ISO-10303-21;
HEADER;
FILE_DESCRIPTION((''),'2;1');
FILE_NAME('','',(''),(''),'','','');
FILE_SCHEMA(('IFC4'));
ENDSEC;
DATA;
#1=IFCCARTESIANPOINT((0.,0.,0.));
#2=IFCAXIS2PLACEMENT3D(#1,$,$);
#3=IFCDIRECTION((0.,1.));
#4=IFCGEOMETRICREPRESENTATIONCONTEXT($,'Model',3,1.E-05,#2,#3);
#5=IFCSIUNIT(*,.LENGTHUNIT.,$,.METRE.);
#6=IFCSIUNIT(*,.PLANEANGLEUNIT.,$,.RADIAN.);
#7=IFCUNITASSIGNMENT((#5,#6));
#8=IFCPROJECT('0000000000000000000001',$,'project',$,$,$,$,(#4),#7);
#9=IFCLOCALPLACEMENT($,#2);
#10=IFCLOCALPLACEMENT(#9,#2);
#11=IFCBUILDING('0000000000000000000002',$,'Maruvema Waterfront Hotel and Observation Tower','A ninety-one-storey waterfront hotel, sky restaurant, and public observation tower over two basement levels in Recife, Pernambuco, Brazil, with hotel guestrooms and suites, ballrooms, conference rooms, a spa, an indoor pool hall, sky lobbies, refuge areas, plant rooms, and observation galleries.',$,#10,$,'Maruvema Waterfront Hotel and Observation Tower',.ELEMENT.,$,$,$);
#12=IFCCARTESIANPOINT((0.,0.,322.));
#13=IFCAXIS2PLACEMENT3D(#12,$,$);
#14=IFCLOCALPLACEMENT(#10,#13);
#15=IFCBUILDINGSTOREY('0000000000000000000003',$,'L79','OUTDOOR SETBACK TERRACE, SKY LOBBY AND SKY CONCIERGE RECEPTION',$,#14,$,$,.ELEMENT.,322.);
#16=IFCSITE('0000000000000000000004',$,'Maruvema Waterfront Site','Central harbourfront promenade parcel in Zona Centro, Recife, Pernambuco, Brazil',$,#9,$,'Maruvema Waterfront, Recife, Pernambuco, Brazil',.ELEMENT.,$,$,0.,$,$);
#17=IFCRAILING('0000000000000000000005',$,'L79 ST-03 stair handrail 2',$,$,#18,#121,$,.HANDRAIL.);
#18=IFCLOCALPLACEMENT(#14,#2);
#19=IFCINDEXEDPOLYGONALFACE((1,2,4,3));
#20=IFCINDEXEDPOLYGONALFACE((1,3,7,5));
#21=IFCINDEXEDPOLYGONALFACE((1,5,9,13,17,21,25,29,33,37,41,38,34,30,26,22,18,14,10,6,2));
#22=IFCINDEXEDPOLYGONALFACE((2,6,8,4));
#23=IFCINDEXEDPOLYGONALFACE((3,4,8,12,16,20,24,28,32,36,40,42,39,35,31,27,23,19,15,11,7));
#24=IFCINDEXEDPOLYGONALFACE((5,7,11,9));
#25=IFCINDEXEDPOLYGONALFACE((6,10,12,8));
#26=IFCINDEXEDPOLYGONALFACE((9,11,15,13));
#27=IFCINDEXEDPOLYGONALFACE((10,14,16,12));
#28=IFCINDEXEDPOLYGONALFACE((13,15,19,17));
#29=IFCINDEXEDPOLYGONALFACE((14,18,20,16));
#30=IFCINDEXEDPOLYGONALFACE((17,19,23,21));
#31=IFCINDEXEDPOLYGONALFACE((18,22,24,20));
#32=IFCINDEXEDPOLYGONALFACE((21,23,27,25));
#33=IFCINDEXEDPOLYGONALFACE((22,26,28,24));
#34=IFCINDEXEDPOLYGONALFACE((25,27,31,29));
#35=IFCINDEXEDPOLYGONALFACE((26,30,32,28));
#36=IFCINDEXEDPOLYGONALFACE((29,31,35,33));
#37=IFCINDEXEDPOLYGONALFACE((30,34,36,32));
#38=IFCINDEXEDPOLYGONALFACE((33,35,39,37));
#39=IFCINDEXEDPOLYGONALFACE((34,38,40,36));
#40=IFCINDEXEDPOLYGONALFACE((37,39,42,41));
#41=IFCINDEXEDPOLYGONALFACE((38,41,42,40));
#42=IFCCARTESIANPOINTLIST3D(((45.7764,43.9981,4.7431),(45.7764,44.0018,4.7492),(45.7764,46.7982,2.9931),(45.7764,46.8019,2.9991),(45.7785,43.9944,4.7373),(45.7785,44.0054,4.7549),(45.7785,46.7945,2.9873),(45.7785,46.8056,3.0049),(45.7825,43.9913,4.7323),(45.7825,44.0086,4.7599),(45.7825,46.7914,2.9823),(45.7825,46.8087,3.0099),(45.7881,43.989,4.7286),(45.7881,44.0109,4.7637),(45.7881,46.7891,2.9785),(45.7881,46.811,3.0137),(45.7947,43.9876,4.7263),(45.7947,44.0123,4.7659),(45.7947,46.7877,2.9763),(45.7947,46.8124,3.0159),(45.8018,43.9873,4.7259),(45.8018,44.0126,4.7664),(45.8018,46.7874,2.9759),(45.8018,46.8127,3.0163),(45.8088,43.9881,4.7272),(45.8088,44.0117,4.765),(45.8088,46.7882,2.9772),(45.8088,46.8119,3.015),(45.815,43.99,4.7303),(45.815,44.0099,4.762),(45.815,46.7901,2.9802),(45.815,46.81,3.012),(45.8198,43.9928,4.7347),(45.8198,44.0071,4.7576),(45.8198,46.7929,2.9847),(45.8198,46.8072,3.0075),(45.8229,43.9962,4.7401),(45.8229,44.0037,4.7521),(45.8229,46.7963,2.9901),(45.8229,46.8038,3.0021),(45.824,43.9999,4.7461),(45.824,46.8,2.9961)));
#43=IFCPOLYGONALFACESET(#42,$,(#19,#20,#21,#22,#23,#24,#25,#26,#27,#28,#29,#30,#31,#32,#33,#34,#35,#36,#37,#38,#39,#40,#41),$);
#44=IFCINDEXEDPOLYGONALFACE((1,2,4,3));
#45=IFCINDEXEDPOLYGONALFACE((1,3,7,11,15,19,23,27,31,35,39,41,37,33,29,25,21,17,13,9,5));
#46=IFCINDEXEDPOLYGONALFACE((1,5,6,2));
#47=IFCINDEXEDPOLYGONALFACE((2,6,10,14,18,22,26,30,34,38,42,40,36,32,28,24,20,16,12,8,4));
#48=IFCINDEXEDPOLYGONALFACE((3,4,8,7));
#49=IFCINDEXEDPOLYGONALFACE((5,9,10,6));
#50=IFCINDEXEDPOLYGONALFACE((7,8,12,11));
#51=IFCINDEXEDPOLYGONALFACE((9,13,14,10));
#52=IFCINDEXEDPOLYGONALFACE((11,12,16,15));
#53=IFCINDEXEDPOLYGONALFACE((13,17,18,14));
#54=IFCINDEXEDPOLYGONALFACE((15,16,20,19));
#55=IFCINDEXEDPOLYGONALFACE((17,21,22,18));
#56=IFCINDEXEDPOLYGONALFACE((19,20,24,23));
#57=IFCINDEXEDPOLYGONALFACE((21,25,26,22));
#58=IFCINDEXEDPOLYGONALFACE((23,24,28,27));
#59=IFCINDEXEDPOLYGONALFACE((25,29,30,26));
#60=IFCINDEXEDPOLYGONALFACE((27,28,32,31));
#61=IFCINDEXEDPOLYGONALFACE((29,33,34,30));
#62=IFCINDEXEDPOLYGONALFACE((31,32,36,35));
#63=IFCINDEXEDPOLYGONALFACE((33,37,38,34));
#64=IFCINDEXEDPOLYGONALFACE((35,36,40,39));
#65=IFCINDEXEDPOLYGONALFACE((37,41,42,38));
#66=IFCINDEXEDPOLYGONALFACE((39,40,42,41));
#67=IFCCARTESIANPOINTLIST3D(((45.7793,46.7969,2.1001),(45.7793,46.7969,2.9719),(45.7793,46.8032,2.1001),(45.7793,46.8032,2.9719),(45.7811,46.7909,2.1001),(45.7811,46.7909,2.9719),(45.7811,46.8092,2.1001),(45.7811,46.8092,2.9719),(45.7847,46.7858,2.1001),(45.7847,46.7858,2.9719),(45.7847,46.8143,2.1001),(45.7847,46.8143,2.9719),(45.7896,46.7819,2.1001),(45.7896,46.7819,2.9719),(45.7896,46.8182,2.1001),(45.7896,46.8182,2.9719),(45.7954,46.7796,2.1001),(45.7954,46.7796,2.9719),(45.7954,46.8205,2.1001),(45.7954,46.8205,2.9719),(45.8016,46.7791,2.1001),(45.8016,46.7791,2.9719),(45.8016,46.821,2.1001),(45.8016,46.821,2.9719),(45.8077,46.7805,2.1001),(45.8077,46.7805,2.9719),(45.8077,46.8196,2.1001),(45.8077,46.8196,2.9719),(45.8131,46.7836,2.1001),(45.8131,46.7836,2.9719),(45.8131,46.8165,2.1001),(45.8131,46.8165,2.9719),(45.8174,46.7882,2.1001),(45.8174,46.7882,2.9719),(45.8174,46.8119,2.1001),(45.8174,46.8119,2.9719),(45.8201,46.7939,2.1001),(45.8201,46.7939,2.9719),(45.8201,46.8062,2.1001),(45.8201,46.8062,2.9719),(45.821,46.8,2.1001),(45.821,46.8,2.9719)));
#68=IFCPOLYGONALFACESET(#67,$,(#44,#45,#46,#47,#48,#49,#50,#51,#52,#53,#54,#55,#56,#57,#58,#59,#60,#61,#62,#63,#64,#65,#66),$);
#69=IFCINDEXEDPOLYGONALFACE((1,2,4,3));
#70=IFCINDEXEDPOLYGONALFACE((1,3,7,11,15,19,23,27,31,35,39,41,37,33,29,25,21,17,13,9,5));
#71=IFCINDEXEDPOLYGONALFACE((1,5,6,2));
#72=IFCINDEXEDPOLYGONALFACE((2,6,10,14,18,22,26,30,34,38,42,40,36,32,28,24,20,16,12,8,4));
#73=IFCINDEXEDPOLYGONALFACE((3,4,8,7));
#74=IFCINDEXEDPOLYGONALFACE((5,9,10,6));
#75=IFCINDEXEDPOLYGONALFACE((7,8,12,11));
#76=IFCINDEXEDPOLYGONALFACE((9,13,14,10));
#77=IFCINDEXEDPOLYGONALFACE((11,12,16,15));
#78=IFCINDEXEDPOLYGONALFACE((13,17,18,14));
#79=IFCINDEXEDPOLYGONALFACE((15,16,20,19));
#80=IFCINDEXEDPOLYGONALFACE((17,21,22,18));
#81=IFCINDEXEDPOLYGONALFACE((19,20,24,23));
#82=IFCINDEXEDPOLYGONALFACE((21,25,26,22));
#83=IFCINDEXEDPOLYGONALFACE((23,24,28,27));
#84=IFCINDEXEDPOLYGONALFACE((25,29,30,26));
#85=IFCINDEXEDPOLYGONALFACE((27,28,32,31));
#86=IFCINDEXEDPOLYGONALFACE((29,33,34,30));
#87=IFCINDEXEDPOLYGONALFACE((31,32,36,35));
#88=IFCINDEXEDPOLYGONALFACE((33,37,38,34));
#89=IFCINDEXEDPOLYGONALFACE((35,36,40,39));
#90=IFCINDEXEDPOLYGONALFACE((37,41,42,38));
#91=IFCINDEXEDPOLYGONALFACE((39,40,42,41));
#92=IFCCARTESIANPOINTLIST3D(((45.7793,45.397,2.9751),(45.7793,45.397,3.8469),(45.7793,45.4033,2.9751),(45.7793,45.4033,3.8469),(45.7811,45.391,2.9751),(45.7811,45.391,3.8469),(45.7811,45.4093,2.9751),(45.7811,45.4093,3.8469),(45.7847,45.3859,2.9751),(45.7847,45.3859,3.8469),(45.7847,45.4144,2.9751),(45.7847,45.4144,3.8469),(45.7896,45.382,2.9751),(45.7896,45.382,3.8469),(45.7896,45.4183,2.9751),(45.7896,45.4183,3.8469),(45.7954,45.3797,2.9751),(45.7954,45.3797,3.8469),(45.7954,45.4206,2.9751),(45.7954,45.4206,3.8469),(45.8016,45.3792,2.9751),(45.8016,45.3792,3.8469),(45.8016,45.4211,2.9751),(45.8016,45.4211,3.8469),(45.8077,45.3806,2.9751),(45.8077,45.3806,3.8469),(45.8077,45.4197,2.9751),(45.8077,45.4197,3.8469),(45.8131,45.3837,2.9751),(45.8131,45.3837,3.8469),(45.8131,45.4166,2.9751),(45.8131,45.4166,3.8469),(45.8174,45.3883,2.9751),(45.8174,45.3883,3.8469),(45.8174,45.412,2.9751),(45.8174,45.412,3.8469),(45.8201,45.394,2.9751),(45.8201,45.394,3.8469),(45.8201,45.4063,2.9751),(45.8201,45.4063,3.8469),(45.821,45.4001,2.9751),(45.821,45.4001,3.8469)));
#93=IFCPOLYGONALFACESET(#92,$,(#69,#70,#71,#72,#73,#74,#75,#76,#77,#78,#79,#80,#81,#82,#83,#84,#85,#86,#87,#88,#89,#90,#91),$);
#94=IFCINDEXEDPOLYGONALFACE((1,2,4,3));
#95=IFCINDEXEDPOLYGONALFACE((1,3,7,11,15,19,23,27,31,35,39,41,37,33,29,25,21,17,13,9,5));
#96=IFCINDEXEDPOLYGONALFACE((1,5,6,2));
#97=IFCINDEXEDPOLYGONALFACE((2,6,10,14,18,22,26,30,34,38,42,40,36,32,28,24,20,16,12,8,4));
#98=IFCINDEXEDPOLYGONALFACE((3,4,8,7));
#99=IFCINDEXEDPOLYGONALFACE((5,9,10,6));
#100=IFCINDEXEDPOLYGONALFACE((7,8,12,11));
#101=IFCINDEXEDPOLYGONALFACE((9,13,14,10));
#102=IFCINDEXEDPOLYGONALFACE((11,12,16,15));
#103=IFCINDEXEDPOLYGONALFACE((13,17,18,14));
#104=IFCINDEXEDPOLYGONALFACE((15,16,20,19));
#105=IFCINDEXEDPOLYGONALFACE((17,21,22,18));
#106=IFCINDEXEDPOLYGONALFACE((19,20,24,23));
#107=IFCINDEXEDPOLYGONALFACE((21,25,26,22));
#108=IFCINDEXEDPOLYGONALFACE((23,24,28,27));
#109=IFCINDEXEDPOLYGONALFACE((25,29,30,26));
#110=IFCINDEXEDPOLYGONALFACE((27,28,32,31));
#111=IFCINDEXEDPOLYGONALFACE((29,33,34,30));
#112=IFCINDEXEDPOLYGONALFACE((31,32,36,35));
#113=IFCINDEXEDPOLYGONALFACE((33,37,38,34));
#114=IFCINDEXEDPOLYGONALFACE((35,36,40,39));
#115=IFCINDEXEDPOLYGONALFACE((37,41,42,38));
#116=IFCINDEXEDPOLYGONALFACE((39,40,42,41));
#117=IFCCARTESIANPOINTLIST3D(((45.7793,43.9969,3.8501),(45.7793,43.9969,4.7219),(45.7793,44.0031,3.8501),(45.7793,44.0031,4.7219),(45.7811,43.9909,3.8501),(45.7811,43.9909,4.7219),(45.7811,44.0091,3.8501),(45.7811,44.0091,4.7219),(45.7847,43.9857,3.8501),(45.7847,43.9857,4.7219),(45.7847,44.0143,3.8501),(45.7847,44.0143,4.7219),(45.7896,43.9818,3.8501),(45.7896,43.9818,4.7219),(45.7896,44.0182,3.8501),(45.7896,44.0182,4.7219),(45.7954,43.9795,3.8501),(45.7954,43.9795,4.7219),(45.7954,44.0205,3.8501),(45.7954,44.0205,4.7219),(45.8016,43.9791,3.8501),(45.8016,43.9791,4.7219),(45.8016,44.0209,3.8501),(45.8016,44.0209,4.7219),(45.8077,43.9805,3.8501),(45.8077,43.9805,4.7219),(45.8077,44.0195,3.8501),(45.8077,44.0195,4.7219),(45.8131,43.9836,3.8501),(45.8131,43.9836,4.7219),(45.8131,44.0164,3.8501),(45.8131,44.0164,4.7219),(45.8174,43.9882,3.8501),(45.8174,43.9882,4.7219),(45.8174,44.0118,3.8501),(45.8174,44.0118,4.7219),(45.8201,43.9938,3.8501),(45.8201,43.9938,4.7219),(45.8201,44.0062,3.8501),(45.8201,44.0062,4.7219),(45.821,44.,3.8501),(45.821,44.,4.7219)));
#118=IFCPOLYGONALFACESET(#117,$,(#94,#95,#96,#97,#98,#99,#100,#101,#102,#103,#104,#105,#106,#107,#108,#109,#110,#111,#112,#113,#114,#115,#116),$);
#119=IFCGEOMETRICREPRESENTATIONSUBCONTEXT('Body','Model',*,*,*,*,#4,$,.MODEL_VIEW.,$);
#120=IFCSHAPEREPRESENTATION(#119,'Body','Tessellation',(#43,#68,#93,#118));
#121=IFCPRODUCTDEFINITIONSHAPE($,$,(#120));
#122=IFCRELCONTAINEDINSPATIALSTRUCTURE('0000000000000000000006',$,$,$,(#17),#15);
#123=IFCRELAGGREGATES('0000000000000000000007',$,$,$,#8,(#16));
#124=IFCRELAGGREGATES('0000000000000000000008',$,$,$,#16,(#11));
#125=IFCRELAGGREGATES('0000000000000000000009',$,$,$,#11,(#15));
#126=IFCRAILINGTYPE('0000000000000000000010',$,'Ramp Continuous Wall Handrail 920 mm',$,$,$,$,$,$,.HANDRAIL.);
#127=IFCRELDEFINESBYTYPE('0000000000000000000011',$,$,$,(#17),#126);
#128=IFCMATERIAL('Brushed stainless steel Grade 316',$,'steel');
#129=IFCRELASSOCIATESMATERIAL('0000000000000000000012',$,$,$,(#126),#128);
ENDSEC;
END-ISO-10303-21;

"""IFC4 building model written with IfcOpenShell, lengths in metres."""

from ifc_helpers import new_model, si_unit, direction, frame, origin, origin_2d, place, context, subcontext, project, spatial, circle, extrude, material, type_object, element, save


model = new_model("IFC4")

# Units and contexts
model_context = context("Model", 3, precision=1e-05, world=origin(), true_north=direction((0.0, 1.0)))
body_context = subcontext(model_context, "Body", "Model", "MODEL_VIEW")
ifc_project = project(units=[si_unit("LENGTHUNIT", "METRE"), si_unit("PLANEANGLEUNIT", "RADIAN")], contexts=[model_context])

# Site, building, storey
site_placement = place(None, origin())
site = spatial("IfcSite", under=ifc_project, at=site_placement, Name="Maruvema Waterfront Site", Description="Central harbourfront promenade parcel in Zona Centro, Recife, Pernambuco, Brazil", LongName="Maruvema Waterfront, Recife, Pernambuco, Brazil", CompositionType="ELEMENT", RefElevation=0.0)
building_placement = place(site_placement, origin())
building = spatial("IfcBuilding", under=site, at=building_placement, Name="Maruvema Waterfront Hotel and Observation Tower", Description="A ninety-one-storey waterfront hotel, sky restaurant, and public observation tower over two basement levels in Recife, Pernambuco, Brazil, with hotel guestrooms and suites, ballrooms, conference rooms, a spa, an indoor pool hall, sky lobbies, refuge areas, plant rooms, and observation galleries.", LongName="Maruvema Waterfront Hotel and Observation Tower", CompositionType="ELEMENT")
storey_placement = place(building_placement, frame((0.0, 0.0, 322.0)))
storey = spatial("IfcBuildingStorey", under=building, at=storey_placement, Name="L79", Description="OUTDOOR SETBACK TERRACE, SKY LOBBY AND SKY CONCIERGE RECEPTION", CompositionType="ELEMENT", Elevation=322.0)

# Railing
ifc_material_1 = material(Name="Brushed stainless steel Grade 316", Category="steel")
railing_type_1 = type_object("IfcRailingType", Name="Ramp Continuous Wall Handrail 920 mm", PredefinedType="HANDRAIL", material=ifc_material_1)
railing_1_placement = place(storey_placement, frame((45.8, 46.8, 2.1001)))
element("IfcRailing", 1, at=railing_1_placement, inside=storey, type_object=railing_type_1, Name="L79 ST-03 stair handrail 2", PredefinedType="HANDRAIL", context=body_context, shape_type="SweptSolid", body=[
    extrude(circle(Radius=0.0239, at=origin_2d()), frame((0.0, 0.0, 0.896), z_axis=(0.0, -0.848002, 0.529992), x_axis=(1.0, 0.0, 0.0)), (0.0, 0.0, 1.0), 3.302),
    extrude(circle(Radius=0.021, at=origin_2d()), origin(), (0.0, 0.0, 1.0), 0.8718),
    extrude(circle(Radius=0.021, at=origin_2d()), frame((0.0, -1.3999, 0.875)), (0.0, 0.0, 1.0), 0.8718),
    extrude(circle(Radius=0.021, at=origin_2d()), frame((0.0, -2.8, 1.75)), (0.0, 0.0, 1.0), 0.8718),
])

save(model, "model.ifc")
